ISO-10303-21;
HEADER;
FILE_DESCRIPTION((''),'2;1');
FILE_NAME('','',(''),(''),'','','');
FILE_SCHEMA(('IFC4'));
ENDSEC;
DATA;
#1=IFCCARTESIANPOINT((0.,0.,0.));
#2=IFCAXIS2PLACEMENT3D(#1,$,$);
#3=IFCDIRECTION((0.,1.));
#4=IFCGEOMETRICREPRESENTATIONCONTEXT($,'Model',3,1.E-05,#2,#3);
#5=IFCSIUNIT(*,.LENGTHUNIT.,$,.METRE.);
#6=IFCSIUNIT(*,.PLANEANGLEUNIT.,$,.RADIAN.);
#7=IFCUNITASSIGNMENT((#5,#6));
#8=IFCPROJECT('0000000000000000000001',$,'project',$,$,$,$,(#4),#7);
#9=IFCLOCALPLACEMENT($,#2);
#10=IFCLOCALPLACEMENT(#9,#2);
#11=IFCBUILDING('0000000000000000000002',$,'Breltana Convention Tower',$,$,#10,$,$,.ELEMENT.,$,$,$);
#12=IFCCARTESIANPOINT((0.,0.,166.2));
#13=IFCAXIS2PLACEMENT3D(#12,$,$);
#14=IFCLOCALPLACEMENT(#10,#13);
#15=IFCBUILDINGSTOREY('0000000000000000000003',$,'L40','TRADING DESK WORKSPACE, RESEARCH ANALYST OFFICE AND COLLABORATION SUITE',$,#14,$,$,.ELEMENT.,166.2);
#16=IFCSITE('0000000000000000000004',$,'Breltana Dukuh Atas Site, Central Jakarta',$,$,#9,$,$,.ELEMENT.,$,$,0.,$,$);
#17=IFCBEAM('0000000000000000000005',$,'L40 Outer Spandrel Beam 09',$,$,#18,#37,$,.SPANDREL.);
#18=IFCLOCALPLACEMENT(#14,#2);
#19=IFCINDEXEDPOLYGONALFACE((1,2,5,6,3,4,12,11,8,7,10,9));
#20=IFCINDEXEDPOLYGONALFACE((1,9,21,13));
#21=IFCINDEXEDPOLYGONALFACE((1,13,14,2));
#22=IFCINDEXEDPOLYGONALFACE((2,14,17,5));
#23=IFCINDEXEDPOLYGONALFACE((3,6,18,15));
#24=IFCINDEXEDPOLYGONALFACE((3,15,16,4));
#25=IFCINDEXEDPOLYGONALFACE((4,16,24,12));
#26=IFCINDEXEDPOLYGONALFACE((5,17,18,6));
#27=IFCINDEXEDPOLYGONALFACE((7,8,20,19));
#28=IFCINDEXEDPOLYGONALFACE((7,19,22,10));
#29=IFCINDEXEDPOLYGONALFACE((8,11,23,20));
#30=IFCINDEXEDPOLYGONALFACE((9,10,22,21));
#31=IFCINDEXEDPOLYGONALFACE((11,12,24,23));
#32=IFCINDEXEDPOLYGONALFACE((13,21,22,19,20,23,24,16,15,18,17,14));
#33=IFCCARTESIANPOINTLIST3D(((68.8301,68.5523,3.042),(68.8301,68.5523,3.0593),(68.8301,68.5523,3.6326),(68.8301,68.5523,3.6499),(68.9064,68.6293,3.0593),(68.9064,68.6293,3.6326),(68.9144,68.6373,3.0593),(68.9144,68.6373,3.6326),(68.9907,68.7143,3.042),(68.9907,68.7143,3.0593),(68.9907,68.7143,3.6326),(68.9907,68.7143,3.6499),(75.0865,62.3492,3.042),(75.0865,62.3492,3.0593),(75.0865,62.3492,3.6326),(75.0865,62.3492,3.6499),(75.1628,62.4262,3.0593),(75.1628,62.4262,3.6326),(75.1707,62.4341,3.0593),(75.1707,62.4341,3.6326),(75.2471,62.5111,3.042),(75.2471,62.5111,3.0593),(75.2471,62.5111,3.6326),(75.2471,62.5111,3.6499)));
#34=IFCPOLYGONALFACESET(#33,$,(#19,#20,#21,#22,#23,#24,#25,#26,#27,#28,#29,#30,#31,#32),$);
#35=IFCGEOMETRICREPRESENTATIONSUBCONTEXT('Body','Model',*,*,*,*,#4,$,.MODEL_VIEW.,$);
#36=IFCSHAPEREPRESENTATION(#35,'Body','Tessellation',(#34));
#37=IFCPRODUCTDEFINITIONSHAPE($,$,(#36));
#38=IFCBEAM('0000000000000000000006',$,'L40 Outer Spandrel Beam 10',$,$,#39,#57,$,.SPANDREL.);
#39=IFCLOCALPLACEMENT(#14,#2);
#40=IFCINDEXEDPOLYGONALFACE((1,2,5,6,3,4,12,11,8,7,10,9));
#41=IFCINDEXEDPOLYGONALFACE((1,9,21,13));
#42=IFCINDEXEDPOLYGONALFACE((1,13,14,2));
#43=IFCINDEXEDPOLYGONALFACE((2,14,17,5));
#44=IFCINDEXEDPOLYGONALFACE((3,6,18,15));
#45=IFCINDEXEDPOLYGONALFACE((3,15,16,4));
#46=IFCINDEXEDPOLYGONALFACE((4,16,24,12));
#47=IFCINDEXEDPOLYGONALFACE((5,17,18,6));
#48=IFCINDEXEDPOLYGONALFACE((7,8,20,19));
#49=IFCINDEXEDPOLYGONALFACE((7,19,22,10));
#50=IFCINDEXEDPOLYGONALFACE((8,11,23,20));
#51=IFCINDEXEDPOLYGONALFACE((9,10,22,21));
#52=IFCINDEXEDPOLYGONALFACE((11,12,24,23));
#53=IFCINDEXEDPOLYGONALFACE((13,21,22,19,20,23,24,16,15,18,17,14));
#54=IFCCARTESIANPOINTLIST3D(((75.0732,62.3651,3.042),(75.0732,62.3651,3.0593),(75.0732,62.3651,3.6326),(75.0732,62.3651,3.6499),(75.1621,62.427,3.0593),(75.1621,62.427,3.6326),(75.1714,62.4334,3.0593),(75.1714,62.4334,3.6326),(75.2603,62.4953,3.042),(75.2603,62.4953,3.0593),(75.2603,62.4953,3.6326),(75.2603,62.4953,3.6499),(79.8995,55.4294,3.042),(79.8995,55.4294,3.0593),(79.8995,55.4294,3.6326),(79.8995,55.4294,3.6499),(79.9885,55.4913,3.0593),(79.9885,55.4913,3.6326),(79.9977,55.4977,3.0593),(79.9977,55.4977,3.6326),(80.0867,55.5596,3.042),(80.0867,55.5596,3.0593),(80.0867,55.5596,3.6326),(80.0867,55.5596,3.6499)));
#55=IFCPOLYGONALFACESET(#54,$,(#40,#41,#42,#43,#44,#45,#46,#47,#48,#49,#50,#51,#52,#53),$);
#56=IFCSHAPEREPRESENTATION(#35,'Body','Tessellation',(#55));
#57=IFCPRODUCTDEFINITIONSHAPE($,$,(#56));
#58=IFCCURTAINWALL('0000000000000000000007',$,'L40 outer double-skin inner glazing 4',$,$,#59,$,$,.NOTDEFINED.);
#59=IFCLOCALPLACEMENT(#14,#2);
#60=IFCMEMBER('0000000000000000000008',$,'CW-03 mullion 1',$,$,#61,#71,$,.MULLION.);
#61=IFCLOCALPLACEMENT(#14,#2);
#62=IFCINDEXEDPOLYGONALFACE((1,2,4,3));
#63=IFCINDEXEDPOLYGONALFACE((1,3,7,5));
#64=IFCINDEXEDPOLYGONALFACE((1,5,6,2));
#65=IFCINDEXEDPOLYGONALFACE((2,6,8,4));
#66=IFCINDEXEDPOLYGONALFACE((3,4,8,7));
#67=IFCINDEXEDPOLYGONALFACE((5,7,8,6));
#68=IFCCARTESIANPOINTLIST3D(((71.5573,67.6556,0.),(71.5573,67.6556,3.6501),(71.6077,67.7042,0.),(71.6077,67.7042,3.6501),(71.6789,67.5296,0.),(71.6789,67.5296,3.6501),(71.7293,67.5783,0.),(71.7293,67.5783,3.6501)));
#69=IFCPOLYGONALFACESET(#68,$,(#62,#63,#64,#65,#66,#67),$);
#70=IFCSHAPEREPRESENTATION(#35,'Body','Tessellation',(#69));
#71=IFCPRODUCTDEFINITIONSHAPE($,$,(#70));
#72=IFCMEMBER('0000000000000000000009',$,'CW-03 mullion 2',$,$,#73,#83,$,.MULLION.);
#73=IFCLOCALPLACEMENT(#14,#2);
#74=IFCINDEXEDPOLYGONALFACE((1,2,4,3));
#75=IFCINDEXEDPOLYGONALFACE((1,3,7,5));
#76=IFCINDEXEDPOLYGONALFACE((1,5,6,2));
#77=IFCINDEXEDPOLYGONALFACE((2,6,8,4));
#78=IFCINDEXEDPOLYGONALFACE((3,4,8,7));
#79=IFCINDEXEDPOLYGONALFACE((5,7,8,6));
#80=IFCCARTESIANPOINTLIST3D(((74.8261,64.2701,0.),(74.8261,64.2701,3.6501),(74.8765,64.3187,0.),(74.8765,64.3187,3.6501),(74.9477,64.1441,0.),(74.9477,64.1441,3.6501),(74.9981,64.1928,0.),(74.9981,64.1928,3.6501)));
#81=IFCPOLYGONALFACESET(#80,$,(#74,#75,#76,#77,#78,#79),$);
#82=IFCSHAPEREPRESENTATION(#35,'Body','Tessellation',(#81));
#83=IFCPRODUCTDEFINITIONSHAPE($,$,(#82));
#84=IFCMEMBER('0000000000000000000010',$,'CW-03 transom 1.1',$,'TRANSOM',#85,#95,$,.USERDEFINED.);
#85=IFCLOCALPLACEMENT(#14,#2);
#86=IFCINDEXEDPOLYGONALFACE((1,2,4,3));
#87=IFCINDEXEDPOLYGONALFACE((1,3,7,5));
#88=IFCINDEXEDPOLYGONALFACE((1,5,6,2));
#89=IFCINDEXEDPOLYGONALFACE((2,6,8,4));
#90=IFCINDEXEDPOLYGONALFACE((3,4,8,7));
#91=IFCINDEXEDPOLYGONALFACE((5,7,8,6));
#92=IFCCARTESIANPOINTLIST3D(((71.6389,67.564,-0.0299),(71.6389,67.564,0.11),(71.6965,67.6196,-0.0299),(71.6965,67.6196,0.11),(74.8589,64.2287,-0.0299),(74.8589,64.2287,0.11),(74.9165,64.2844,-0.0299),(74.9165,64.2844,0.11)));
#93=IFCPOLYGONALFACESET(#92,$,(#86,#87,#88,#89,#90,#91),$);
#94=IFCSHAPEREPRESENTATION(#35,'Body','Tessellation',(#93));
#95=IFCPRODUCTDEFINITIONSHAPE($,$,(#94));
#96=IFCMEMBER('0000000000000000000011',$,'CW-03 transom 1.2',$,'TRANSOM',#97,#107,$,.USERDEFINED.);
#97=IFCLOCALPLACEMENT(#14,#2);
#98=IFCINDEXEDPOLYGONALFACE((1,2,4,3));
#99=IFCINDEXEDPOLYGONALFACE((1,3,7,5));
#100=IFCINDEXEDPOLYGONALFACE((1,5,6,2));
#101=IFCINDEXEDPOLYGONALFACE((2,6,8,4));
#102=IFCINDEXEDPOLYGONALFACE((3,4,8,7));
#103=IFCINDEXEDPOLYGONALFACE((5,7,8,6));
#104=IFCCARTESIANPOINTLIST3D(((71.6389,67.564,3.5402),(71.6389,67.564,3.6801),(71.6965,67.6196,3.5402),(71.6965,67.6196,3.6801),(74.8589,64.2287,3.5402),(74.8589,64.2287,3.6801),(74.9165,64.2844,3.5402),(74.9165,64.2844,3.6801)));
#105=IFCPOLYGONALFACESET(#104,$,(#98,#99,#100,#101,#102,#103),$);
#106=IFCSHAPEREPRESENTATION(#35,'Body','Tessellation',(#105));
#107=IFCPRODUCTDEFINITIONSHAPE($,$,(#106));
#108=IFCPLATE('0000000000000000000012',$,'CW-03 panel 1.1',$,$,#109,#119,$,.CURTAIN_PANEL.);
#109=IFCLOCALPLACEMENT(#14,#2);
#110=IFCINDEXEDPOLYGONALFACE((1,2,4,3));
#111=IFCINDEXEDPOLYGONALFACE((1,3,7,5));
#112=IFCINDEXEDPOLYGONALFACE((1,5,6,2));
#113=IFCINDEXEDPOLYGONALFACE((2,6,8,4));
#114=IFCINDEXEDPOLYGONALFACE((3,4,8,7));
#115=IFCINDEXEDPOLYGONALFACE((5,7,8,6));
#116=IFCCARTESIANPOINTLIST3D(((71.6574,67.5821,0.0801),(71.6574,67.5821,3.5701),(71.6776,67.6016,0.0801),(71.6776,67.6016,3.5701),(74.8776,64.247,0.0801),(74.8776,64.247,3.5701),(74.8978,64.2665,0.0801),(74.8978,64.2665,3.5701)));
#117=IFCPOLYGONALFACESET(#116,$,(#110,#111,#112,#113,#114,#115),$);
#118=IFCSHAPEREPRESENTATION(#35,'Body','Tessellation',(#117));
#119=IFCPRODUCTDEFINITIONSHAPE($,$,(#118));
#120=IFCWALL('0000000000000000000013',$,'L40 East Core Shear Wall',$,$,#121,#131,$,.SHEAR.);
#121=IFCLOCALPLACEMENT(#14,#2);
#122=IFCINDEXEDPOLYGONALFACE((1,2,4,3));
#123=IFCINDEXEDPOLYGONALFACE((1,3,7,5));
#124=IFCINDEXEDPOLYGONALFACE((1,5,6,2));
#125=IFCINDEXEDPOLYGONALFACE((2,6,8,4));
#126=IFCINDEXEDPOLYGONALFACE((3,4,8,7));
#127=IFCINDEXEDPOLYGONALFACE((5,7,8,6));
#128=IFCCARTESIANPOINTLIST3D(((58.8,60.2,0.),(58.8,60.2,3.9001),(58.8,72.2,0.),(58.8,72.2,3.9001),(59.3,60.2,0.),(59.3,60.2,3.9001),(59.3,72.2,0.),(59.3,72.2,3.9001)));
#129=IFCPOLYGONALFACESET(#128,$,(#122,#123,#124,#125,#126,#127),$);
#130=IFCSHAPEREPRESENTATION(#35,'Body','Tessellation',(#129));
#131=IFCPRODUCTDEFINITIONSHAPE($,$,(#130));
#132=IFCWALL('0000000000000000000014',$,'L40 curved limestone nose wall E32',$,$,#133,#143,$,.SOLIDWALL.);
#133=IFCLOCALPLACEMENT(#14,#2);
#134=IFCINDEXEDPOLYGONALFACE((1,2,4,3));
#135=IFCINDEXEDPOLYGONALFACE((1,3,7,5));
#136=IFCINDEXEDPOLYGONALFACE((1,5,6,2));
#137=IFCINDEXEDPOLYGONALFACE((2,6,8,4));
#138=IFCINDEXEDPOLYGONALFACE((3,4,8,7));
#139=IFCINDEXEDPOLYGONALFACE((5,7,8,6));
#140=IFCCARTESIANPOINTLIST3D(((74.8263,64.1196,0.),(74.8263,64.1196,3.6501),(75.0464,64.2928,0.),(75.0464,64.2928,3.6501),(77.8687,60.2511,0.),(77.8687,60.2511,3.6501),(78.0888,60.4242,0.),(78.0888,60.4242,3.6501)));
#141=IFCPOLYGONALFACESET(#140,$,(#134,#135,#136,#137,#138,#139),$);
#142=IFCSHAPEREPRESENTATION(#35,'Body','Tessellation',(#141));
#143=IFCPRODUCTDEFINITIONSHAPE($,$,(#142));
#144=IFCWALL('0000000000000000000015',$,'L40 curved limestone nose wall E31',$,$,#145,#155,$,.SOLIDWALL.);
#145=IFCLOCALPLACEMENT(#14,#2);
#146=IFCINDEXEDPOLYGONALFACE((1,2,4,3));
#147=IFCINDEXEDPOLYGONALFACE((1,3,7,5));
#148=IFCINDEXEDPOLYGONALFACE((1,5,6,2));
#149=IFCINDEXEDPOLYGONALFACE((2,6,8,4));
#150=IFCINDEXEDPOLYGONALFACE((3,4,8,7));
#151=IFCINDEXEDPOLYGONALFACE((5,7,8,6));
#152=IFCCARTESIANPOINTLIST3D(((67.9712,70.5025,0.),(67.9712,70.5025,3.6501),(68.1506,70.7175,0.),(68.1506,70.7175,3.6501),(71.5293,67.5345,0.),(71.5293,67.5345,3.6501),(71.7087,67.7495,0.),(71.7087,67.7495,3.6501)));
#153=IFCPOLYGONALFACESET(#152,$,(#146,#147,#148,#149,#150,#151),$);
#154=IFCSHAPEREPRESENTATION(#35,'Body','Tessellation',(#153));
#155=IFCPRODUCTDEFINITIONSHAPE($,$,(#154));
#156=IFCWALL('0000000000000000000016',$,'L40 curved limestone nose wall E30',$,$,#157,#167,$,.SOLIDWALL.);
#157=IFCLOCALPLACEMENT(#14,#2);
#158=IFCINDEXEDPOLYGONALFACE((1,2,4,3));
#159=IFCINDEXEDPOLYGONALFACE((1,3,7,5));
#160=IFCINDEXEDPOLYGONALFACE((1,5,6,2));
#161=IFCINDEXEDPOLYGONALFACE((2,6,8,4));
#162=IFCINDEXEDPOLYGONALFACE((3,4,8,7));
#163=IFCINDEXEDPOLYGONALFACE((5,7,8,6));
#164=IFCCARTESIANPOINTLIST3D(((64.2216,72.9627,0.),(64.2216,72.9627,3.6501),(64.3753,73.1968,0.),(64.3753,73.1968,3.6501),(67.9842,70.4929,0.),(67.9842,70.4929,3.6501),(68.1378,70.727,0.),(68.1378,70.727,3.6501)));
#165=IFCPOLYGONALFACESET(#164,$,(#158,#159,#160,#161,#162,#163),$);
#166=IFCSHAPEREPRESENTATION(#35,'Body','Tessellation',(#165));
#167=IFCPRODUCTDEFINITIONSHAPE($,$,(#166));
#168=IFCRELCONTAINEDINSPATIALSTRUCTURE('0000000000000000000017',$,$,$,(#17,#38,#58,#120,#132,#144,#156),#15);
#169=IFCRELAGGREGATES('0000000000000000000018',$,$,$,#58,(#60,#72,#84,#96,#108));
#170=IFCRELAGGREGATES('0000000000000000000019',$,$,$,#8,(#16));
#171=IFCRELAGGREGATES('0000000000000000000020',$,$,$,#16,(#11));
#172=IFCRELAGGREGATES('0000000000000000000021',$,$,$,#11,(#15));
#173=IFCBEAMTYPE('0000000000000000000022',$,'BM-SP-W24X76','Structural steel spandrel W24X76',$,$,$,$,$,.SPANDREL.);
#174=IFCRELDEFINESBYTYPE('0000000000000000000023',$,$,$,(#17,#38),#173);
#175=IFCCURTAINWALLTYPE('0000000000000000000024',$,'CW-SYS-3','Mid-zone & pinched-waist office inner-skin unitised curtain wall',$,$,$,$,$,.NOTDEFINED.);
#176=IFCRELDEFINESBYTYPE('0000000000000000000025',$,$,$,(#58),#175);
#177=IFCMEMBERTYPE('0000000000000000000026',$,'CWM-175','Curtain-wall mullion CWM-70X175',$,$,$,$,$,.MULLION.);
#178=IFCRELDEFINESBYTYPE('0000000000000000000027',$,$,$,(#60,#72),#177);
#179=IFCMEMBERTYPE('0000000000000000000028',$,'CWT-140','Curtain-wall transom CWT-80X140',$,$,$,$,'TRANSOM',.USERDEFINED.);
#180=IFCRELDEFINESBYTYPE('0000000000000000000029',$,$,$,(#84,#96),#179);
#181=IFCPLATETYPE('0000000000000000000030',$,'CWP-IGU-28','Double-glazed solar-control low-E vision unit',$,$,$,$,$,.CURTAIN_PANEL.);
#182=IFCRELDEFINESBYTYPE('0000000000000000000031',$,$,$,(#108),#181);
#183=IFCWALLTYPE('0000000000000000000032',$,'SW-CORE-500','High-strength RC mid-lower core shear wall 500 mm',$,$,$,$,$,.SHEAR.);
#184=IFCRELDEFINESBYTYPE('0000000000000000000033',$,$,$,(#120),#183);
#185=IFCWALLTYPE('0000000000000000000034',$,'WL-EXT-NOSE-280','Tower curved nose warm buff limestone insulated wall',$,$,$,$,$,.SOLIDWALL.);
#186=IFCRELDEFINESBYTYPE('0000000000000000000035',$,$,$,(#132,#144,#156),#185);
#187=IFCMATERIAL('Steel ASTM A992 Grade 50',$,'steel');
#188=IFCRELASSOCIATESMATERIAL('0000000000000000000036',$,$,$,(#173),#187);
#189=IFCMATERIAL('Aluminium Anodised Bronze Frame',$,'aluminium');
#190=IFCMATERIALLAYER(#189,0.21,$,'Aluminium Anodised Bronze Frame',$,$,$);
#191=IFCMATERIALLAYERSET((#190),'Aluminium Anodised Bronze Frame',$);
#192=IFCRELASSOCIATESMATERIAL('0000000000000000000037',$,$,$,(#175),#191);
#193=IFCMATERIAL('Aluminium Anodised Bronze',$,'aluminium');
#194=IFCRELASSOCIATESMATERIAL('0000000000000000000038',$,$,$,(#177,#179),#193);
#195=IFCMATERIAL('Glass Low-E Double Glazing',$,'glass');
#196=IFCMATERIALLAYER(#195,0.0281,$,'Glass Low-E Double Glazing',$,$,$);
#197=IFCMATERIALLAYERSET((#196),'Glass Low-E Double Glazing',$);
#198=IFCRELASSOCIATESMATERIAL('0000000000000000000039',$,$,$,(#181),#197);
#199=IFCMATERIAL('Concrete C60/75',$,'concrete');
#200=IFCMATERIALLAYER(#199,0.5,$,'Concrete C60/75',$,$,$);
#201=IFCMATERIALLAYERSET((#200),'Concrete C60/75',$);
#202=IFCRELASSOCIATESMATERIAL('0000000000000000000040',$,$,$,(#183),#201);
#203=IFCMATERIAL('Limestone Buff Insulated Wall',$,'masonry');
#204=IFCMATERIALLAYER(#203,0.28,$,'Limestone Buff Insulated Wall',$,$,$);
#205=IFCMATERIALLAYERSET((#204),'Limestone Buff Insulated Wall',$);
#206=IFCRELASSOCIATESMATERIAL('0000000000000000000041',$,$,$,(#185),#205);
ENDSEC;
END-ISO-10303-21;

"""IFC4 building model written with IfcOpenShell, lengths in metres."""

from ifc_helpers import new_model, si_unit, direction, frame, frame_2d, origin, origin_2d, place, context, subcontext, project, spatial, rectangle, i_section, extrude, source, transform, mapped, material, layer, layer_set, material_profile, profile_set, type_object, element, aggregate, save


model = new_model("IFC4")

# Units and contexts
model_context = context("Model", 3, precision=1e-05, world=origin(), true_north=direction((0.0, 1.0)))
body_context = subcontext(model_context, "Body", "Model", "MODEL_VIEW")
ifc_project = project(units=[si_unit("LENGTHUNIT", "METRE"), si_unit("PLANEANGLEUNIT", "RADIAN")], contexts=[model_context])

# Site, building, storey
site_placement = place(None, origin())
site = spatial("IfcSite", under=ifc_project, at=site_placement, Name="Breltana Dukuh Atas Site, Central Jakarta", CompositionType="ELEMENT", RefElevation=0.0)
building_placement = place(site_placement, origin())
building = spatial("IfcBuilding", under=site, at=building_placement, Name="Breltana Convention Tower", CompositionType="ELEMENT")
storey_placement = place(building_placement, frame((0.0, 0.0, 166.2)))
storey = spatial("IfcBuildingStorey", under=building, at=storey_placement, Name="L40", Description="TRADING DESK WORKSPACE, RESEARCH ANALYST OFFICE AND COLLABORATION SUITE", CompositionType="ELEMENT", Elevation=166.2)

# Shared definitions
ifc_material_1 = material(Name="Concrete C60/75", Category="concrete")

# Beams
ifc_material_2 = material(Name="Steel ASTM A992 Grade 50", Category="steel")
ifc_material_profile_1 = material_profile(ifc_material_2, i_section(OverallWidth=0.228, OverallDepth=0.6079, WebThickness=0.0112, FlangeThickness=0.0173, at=origin_2d()), Name="W24X76")
ifc_profile_set_1 = profile_set([ifc_material_profile_1], Name="Steel ASTM A992 Grade 50")
beam_type_1 = type_object("IfcBeamType", Name="BM-SP-W24X76", Description="Structural steel spandrel W24X76", PredefinedType="SPANDREL", material=ifc_profile_set_1)
shared_shape_1 = source(origin(), body_context, "Body", "SweptSolid", [
    extrude(i_section(OverallWidth=0.228, OverallDepth=0.6079, WebThickness=0.0112, FlangeThickness=0.0173, at=origin_2d()), origin(), (0.0, 0.0, 1.0), 8.8103),
])
beam_1_placement = place(storey_placement, frame((68.9104, 68.6333, 3.3459), z_axis=(0.710121, -0.70408, 0.0), x_axis=(0.70408, 0.710121, 0.0)))
element("IfcBeam", 1, at=beam_1_placement, inside=storey, type_object=beam_type_1, Name="L40 Outer Spandrel Beam 09", PredefinedType="SPANDREL", context=body_context, shape_type="MappedRepresentation", body=[
    mapped(shared_shape_1, transform((0.0, 0.0, 0.0), scale=1.0)),
])
shared_shape_2 = source(origin(), body_context, "Body", "SweptSolid", [
    extrude(i_section(OverallWidth=0.228, OverallDepth=0.6079, WebThickness=0.0112, FlangeThickness=0.0173, at=origin_2d()), origin(), (0.0, 0.0, 1.0), 8.4497),
])
beam_2_placement = place(storey_placement, frame((75.1667, 62.4302, 3.3459), z_axis=(0.571186, -0.820821, 0.0), x_axis=(0.820821, 0.571186, 0.0)))
element("IfcBeam", 2, at=beam_2_placement, inside=storey, type_object=beam_type_1, Name="L40 Outer Spandrel Beam 10", PredefinedType="SPANDREL", context=body_context, shape_type="MappedRepresentation", body=[
    mapped(shared_shape_2, transform((0.0, 0.0, 0.0), scale=1.0)),
])

# Curtain wall, members, plate
ifc_material_3 = material(Name="Aluminium Anodised Bronze Frame", Category="aluminium")
ifc_layer_1 = layer(ifc_material_3, 0.21, Name="Aluminium Anodised Bronze Frame")
ifc_layer_set_1 = layer_set([ifc_layer_1], Name="Aluminium Anodised Bronze Frame")
curtain_wall_type = type_object("IfcCurtainWallType", Name="CW-SYS-3", Description="Mid-zone & pinched-waist office inner-skin unitised curtain wall", PredefinedType="NOTDEFINED", material=ifc_layer_set_1)
curtain_wall_placement = place(storey_placement, origin())
curtain_wall = element("IfcCurtainWall", 3, at=curtain_wall_placement, inside=storey, type_object=curtain_wall_type, Name="L40 outer double-skin inner glazing 4", PredefinedType="NOTDEFINED")
ifc_material_4 = material(Name="Aluminium Anodised Bronze", Category="aluminium")
ifc_material_profile_2 = material_profile(ifc_material_4, rectangle(XDim=0.0701, YDim=0.175, at=origin_2d()), Name="CWM-70X175")
ifc_profile_set_2 = profile_set([ifc_material_profile_2], Name="Aluminium Anodised Bronze")
member_type_1 = type_object("IfcMemberType", Name="CWM-175", Description="Curtain-wall mullion CWM-70X175", PredefinedType="MULLION", material=ifc_profile_set_2)
shared_shape_3 = source(origin(), body_context, "Body", "SweptSolid", [
    extrude(rectangle(XDim=0.0701, YDim=0.175, at=origin_2d()), origin(), (0.0, 0.0, 1.0), 3.6501),
])
member_1_placement = place(storey_placement, frame((71.6433, 67.6169, 0.0), z_axis=(0.0, 0.0, 1.0), x_axis=(0.719394, 0.694603, 0.0)))
member_1 = element("IfcMember", 4, at=member_1_placement, type_object=member_type_1, Name="CW-03 mullion 1", PredefinedType="MULLION", context=body_context, shape_type="MappedRepresentation", body=[
    mapped(shared_shape_3, transform((0.0, 0.0, 0.0), scale=1.0)),
])
member_2_placement = place(storey_placement, frame((74.9121, 64.2314, 0.0), z_axis=(0.0, 0.0, 1.0), x_axis=(0.719394, 0.694603, 0.0)))
member_2 = element("IfcMember", 5, at=member_2_placement, type_object=member_type_1, Name="CW-03 mullion 2", PredefinedType="MULLION", context=body_context, shape_type="MappedRepresentation", body=[
    mapped(shared_shape_3, transform((0.0, 0.0, 0.0), scale=1.0)),
])
ifc_material_profile_3 = material_profile(ifc_material_4, rectangle(XDim=0.0801, YDim=0.1399, at=origin_2d()), Name="CWT-80X140")
ifc_profile_set_3 = profile_set([ifc_material_profile_3], Name="Aluminium Anodised Bronze")
member_type_2 = type_object("IfcMemberType", Name="CWT-140", Description="Curtain-wall transom CWT-80X140", ElementType="TRANSOM", PredefinedType="USERDEFINED", material=ifc_profile_set_3)
shared_shape_4 = source(origin(), body_context, "Body", "SweptSolid", [
    extrude(rectangle(XDim=0.0801, YDim=0.1399, at=origin_2d()), origin(), (0.0, 0.0, 1.0), 4.636),
])
member_3_placement = place(storey_placement, frame((71.6677, 67.5918, 0.04), z_axis=(0.694569, -0.719426, 0.0), x_axis=(0.719426, 0.694569, 0.0)))
member_3 = element("IfcMember", 6, at=member_3_placement, type_object=member_type_2, Name="CW-03 transom 1.1", ObjectType="TRANSOM", PredefinedType="USERDEFINED", context=body_context, shape_type="MappedRepresentation", body=[
    mapped(shared_shape_4, transform((0.0, 0.0, 0.0), scale=1.0)),
])
member_4_placement = place(storey_placement, frame((71.6677, 67.5918, 3.6101), z_axis=(0.694569, -0.719426, 0.0), x_axis=(0.719426, 0.694569, 0.0)))
member_4 = element("IfcMember", 7, at=member_4_placement, type_object=member_type_2, Name="CW-03 transom 1.2", ObjectType="TRANSOM", PredefinedType="USERDEFINED", context=body_context, shape_type="MappedRepresentation", body=[
    mapped(shared_shape_4, transform((0.0, 0.0, 0.0), scale=1.0)),
])
ifc_material_5 = material(Name="Glass Low-E Double Glazing", Category="glass")
ifc_layer_2 = layer(ifc_material_5, 0.0281, Name="Glass Low-E Double Glazing")
ifc_layer_set_2 = layer_set([ifc_layer_2], Name="Glass Low-E Double Glazing")
plate_type = type_object("IfcPlateType", Name="CWP-IGU-28", Description="Double-glazed solar-control low-E vision unit", PredefinedType="CURTAIN_PANEL", material=ifc_layer_set_2)
shared_shape_5 = source(origin(), body_context, "Body", "SweptSolid", [
    extrude(rectangle(XDim=4.636, YDim=0.0281, at=origin_2d()), origin(), (0.0, 0.0, 1.0), 3.49),
])
plate_placement = place(storey_placement, frame((73.2776, 65.9243, 0.0801), z_axis=(0.0, 0.0, 1.0), x_axis=(0.694603, -0.719394, 0.0)))
plate = element("IfcPlate", 8, at=plate_placement, type_object=plate_type, Name="CW-03 panel 1.1", PredefinedType="CURTAIN_PANEL", context=body_context, shape_type="MappedRepresentation", body=[
    mapped(shared_shape_5, transform((0.0, 0.0, 0.0), scale=1.0)),
])
aggregate(curtain_wall, [member_1, member_2, member_3, member_4, plate])

# Walls
ifc_layer_3 = layer(ifc_material_1, 0.5, Name="Concrete C60/75")
ifc_layer_set_3 = layer_set([ifc_layer_3], Name="Concrete C60/75")
wall_type_1 = type_object("IfcWallType", Name="SW-CORE-500", Description="High-strength RC mid-lower core shear wall 500 mm", PredefinedType="SHEAR", material=ifc_layer_set_3)
shared_shape_6 = source(origin(), body_context, "Body", "SweptSolid", [
    extrude(rectangle(XDim=12.0, YDim=0.5, at=frame_2d((6.0, 0.0))), origin(), (0.0, 0.0, 1.0), 3.9001),
])
wall_1_placement = place(storey_placement, frame((59.05, 60.2, 0.0), z_axis=(0.0, 0.0, 1.0), x_axis=(0.0, 1.0, 0.0)))
element("IfcWall", 9, at=wall_1_placement, inside=storey, type_object=wall_type_1, Name="L40 East Core Shear Wall", PredefinedType="SHEAR", context=body_context, shape_type="MappedRepresentation", body=[
    mapped(shared_shape_6, transform((0.0, 0.0, 0.0), scale=1.0)),
])
ifc_material_6 = material(Name="Limestone Buff Insulated Wall", Category="masonry")
ifc_layer_4 = layer(ifc_material_6, 0.28, Name="Limestone Buff Insulated Wall")
ifc_layer_set_4 = layer_set([ifc_layer_4], Name="Limestone Buff Insulated Wall")
wall_type_2 = type_object("IfcWallType", Name="WL-EXT-NOSE-280", Description="Tower curved nose warm buff limestone insulated wall", PredefinedType="SOLIDWALL", material=ifc_layer_set_4)
shared_shape_7 = source(origin(), body_context, "Body", "SweptSolid", [
    extrude(rectangle(XDim=4.9216, YDim=0.28, at=frame_2d((2.4609, 0.0))), origin(), (0.0, 0.0, 1.0), 3.6501),
])
wall_2_placement = place(storey_placement, frame((74.9363, 64.2063, 0.0), z_axis=(0.0, 0.0, 1.0), x_axis=(0.618176, -0.786039, 0.0)))
element("IfcWall", 10, at=wall_2_placement, inside=storey, type_object=wall_type_2, Name="L40 curved limestone nose wall E32", PredefinedType="SOLIDWALL", context=body_context, shape_type="MappedRepresentation", body=[
    mapped(shared_shape_7, transform((0.0, 0.0, 0.0), scale=1.0)),
])
shared_shape_8 = source(origin(), body_context, "Body", "SweptSolid", [
    extrude(rectangle(XDim=4.6335, YDim=0.28, at=frame_2d((2.3169, 0.0))), origin(), (0.0, 0.0, 1.0), 3.6501),
])
wall_3_placement = place(storey_placement, frame((68.0608, 70.6101, 0.0), z_axis=(0.0, 0.0, 1.0), x_axis=(0.76791, -0.640557, 0.0)))
element("IfcWall", 11, at=wall_3_placement, inside=storey, type_object=wall_type_2, Name="L40 curved limestone nose wall E31", PredefinedType="SOLIDWALL", context=body_context, shape_type="MappedRepresentation", body=[
    mapped(shared_shape_8, transform((0.0, 0.0, 0.0), scale=1.0)),
])
shared_shape_9 = source(origin(), body_context, "Body", "SweptSolid", [
    extrude(rectangle(XDim=4.5007, YDim=0.28, at=frame_2d((2.2505, 0.0))), origin(), (0.0, 0.0, 1.0), 3.6501),
])
wall_4_placement = place(storey_placement, frame((64.2983, 73.0798, 0.0), z_axis=(0.0, 0.0, 1.0), x_axis=(0.835985, -0.548752, 0.0)))
element("IfcWall", 12, at=wall_4_placement, inside=storey, type_object=wall_type_2, Name="L40 curved limestone nose wall E30", PredefinedType="SOLIDWALL", context=body_context, shape_type="MappedRepresentation", body=[
    mapped(shared_shape_9, transform((0.0, 0.0, 0.0), scale=1.0)),
])

save(model, "model.ifc")
